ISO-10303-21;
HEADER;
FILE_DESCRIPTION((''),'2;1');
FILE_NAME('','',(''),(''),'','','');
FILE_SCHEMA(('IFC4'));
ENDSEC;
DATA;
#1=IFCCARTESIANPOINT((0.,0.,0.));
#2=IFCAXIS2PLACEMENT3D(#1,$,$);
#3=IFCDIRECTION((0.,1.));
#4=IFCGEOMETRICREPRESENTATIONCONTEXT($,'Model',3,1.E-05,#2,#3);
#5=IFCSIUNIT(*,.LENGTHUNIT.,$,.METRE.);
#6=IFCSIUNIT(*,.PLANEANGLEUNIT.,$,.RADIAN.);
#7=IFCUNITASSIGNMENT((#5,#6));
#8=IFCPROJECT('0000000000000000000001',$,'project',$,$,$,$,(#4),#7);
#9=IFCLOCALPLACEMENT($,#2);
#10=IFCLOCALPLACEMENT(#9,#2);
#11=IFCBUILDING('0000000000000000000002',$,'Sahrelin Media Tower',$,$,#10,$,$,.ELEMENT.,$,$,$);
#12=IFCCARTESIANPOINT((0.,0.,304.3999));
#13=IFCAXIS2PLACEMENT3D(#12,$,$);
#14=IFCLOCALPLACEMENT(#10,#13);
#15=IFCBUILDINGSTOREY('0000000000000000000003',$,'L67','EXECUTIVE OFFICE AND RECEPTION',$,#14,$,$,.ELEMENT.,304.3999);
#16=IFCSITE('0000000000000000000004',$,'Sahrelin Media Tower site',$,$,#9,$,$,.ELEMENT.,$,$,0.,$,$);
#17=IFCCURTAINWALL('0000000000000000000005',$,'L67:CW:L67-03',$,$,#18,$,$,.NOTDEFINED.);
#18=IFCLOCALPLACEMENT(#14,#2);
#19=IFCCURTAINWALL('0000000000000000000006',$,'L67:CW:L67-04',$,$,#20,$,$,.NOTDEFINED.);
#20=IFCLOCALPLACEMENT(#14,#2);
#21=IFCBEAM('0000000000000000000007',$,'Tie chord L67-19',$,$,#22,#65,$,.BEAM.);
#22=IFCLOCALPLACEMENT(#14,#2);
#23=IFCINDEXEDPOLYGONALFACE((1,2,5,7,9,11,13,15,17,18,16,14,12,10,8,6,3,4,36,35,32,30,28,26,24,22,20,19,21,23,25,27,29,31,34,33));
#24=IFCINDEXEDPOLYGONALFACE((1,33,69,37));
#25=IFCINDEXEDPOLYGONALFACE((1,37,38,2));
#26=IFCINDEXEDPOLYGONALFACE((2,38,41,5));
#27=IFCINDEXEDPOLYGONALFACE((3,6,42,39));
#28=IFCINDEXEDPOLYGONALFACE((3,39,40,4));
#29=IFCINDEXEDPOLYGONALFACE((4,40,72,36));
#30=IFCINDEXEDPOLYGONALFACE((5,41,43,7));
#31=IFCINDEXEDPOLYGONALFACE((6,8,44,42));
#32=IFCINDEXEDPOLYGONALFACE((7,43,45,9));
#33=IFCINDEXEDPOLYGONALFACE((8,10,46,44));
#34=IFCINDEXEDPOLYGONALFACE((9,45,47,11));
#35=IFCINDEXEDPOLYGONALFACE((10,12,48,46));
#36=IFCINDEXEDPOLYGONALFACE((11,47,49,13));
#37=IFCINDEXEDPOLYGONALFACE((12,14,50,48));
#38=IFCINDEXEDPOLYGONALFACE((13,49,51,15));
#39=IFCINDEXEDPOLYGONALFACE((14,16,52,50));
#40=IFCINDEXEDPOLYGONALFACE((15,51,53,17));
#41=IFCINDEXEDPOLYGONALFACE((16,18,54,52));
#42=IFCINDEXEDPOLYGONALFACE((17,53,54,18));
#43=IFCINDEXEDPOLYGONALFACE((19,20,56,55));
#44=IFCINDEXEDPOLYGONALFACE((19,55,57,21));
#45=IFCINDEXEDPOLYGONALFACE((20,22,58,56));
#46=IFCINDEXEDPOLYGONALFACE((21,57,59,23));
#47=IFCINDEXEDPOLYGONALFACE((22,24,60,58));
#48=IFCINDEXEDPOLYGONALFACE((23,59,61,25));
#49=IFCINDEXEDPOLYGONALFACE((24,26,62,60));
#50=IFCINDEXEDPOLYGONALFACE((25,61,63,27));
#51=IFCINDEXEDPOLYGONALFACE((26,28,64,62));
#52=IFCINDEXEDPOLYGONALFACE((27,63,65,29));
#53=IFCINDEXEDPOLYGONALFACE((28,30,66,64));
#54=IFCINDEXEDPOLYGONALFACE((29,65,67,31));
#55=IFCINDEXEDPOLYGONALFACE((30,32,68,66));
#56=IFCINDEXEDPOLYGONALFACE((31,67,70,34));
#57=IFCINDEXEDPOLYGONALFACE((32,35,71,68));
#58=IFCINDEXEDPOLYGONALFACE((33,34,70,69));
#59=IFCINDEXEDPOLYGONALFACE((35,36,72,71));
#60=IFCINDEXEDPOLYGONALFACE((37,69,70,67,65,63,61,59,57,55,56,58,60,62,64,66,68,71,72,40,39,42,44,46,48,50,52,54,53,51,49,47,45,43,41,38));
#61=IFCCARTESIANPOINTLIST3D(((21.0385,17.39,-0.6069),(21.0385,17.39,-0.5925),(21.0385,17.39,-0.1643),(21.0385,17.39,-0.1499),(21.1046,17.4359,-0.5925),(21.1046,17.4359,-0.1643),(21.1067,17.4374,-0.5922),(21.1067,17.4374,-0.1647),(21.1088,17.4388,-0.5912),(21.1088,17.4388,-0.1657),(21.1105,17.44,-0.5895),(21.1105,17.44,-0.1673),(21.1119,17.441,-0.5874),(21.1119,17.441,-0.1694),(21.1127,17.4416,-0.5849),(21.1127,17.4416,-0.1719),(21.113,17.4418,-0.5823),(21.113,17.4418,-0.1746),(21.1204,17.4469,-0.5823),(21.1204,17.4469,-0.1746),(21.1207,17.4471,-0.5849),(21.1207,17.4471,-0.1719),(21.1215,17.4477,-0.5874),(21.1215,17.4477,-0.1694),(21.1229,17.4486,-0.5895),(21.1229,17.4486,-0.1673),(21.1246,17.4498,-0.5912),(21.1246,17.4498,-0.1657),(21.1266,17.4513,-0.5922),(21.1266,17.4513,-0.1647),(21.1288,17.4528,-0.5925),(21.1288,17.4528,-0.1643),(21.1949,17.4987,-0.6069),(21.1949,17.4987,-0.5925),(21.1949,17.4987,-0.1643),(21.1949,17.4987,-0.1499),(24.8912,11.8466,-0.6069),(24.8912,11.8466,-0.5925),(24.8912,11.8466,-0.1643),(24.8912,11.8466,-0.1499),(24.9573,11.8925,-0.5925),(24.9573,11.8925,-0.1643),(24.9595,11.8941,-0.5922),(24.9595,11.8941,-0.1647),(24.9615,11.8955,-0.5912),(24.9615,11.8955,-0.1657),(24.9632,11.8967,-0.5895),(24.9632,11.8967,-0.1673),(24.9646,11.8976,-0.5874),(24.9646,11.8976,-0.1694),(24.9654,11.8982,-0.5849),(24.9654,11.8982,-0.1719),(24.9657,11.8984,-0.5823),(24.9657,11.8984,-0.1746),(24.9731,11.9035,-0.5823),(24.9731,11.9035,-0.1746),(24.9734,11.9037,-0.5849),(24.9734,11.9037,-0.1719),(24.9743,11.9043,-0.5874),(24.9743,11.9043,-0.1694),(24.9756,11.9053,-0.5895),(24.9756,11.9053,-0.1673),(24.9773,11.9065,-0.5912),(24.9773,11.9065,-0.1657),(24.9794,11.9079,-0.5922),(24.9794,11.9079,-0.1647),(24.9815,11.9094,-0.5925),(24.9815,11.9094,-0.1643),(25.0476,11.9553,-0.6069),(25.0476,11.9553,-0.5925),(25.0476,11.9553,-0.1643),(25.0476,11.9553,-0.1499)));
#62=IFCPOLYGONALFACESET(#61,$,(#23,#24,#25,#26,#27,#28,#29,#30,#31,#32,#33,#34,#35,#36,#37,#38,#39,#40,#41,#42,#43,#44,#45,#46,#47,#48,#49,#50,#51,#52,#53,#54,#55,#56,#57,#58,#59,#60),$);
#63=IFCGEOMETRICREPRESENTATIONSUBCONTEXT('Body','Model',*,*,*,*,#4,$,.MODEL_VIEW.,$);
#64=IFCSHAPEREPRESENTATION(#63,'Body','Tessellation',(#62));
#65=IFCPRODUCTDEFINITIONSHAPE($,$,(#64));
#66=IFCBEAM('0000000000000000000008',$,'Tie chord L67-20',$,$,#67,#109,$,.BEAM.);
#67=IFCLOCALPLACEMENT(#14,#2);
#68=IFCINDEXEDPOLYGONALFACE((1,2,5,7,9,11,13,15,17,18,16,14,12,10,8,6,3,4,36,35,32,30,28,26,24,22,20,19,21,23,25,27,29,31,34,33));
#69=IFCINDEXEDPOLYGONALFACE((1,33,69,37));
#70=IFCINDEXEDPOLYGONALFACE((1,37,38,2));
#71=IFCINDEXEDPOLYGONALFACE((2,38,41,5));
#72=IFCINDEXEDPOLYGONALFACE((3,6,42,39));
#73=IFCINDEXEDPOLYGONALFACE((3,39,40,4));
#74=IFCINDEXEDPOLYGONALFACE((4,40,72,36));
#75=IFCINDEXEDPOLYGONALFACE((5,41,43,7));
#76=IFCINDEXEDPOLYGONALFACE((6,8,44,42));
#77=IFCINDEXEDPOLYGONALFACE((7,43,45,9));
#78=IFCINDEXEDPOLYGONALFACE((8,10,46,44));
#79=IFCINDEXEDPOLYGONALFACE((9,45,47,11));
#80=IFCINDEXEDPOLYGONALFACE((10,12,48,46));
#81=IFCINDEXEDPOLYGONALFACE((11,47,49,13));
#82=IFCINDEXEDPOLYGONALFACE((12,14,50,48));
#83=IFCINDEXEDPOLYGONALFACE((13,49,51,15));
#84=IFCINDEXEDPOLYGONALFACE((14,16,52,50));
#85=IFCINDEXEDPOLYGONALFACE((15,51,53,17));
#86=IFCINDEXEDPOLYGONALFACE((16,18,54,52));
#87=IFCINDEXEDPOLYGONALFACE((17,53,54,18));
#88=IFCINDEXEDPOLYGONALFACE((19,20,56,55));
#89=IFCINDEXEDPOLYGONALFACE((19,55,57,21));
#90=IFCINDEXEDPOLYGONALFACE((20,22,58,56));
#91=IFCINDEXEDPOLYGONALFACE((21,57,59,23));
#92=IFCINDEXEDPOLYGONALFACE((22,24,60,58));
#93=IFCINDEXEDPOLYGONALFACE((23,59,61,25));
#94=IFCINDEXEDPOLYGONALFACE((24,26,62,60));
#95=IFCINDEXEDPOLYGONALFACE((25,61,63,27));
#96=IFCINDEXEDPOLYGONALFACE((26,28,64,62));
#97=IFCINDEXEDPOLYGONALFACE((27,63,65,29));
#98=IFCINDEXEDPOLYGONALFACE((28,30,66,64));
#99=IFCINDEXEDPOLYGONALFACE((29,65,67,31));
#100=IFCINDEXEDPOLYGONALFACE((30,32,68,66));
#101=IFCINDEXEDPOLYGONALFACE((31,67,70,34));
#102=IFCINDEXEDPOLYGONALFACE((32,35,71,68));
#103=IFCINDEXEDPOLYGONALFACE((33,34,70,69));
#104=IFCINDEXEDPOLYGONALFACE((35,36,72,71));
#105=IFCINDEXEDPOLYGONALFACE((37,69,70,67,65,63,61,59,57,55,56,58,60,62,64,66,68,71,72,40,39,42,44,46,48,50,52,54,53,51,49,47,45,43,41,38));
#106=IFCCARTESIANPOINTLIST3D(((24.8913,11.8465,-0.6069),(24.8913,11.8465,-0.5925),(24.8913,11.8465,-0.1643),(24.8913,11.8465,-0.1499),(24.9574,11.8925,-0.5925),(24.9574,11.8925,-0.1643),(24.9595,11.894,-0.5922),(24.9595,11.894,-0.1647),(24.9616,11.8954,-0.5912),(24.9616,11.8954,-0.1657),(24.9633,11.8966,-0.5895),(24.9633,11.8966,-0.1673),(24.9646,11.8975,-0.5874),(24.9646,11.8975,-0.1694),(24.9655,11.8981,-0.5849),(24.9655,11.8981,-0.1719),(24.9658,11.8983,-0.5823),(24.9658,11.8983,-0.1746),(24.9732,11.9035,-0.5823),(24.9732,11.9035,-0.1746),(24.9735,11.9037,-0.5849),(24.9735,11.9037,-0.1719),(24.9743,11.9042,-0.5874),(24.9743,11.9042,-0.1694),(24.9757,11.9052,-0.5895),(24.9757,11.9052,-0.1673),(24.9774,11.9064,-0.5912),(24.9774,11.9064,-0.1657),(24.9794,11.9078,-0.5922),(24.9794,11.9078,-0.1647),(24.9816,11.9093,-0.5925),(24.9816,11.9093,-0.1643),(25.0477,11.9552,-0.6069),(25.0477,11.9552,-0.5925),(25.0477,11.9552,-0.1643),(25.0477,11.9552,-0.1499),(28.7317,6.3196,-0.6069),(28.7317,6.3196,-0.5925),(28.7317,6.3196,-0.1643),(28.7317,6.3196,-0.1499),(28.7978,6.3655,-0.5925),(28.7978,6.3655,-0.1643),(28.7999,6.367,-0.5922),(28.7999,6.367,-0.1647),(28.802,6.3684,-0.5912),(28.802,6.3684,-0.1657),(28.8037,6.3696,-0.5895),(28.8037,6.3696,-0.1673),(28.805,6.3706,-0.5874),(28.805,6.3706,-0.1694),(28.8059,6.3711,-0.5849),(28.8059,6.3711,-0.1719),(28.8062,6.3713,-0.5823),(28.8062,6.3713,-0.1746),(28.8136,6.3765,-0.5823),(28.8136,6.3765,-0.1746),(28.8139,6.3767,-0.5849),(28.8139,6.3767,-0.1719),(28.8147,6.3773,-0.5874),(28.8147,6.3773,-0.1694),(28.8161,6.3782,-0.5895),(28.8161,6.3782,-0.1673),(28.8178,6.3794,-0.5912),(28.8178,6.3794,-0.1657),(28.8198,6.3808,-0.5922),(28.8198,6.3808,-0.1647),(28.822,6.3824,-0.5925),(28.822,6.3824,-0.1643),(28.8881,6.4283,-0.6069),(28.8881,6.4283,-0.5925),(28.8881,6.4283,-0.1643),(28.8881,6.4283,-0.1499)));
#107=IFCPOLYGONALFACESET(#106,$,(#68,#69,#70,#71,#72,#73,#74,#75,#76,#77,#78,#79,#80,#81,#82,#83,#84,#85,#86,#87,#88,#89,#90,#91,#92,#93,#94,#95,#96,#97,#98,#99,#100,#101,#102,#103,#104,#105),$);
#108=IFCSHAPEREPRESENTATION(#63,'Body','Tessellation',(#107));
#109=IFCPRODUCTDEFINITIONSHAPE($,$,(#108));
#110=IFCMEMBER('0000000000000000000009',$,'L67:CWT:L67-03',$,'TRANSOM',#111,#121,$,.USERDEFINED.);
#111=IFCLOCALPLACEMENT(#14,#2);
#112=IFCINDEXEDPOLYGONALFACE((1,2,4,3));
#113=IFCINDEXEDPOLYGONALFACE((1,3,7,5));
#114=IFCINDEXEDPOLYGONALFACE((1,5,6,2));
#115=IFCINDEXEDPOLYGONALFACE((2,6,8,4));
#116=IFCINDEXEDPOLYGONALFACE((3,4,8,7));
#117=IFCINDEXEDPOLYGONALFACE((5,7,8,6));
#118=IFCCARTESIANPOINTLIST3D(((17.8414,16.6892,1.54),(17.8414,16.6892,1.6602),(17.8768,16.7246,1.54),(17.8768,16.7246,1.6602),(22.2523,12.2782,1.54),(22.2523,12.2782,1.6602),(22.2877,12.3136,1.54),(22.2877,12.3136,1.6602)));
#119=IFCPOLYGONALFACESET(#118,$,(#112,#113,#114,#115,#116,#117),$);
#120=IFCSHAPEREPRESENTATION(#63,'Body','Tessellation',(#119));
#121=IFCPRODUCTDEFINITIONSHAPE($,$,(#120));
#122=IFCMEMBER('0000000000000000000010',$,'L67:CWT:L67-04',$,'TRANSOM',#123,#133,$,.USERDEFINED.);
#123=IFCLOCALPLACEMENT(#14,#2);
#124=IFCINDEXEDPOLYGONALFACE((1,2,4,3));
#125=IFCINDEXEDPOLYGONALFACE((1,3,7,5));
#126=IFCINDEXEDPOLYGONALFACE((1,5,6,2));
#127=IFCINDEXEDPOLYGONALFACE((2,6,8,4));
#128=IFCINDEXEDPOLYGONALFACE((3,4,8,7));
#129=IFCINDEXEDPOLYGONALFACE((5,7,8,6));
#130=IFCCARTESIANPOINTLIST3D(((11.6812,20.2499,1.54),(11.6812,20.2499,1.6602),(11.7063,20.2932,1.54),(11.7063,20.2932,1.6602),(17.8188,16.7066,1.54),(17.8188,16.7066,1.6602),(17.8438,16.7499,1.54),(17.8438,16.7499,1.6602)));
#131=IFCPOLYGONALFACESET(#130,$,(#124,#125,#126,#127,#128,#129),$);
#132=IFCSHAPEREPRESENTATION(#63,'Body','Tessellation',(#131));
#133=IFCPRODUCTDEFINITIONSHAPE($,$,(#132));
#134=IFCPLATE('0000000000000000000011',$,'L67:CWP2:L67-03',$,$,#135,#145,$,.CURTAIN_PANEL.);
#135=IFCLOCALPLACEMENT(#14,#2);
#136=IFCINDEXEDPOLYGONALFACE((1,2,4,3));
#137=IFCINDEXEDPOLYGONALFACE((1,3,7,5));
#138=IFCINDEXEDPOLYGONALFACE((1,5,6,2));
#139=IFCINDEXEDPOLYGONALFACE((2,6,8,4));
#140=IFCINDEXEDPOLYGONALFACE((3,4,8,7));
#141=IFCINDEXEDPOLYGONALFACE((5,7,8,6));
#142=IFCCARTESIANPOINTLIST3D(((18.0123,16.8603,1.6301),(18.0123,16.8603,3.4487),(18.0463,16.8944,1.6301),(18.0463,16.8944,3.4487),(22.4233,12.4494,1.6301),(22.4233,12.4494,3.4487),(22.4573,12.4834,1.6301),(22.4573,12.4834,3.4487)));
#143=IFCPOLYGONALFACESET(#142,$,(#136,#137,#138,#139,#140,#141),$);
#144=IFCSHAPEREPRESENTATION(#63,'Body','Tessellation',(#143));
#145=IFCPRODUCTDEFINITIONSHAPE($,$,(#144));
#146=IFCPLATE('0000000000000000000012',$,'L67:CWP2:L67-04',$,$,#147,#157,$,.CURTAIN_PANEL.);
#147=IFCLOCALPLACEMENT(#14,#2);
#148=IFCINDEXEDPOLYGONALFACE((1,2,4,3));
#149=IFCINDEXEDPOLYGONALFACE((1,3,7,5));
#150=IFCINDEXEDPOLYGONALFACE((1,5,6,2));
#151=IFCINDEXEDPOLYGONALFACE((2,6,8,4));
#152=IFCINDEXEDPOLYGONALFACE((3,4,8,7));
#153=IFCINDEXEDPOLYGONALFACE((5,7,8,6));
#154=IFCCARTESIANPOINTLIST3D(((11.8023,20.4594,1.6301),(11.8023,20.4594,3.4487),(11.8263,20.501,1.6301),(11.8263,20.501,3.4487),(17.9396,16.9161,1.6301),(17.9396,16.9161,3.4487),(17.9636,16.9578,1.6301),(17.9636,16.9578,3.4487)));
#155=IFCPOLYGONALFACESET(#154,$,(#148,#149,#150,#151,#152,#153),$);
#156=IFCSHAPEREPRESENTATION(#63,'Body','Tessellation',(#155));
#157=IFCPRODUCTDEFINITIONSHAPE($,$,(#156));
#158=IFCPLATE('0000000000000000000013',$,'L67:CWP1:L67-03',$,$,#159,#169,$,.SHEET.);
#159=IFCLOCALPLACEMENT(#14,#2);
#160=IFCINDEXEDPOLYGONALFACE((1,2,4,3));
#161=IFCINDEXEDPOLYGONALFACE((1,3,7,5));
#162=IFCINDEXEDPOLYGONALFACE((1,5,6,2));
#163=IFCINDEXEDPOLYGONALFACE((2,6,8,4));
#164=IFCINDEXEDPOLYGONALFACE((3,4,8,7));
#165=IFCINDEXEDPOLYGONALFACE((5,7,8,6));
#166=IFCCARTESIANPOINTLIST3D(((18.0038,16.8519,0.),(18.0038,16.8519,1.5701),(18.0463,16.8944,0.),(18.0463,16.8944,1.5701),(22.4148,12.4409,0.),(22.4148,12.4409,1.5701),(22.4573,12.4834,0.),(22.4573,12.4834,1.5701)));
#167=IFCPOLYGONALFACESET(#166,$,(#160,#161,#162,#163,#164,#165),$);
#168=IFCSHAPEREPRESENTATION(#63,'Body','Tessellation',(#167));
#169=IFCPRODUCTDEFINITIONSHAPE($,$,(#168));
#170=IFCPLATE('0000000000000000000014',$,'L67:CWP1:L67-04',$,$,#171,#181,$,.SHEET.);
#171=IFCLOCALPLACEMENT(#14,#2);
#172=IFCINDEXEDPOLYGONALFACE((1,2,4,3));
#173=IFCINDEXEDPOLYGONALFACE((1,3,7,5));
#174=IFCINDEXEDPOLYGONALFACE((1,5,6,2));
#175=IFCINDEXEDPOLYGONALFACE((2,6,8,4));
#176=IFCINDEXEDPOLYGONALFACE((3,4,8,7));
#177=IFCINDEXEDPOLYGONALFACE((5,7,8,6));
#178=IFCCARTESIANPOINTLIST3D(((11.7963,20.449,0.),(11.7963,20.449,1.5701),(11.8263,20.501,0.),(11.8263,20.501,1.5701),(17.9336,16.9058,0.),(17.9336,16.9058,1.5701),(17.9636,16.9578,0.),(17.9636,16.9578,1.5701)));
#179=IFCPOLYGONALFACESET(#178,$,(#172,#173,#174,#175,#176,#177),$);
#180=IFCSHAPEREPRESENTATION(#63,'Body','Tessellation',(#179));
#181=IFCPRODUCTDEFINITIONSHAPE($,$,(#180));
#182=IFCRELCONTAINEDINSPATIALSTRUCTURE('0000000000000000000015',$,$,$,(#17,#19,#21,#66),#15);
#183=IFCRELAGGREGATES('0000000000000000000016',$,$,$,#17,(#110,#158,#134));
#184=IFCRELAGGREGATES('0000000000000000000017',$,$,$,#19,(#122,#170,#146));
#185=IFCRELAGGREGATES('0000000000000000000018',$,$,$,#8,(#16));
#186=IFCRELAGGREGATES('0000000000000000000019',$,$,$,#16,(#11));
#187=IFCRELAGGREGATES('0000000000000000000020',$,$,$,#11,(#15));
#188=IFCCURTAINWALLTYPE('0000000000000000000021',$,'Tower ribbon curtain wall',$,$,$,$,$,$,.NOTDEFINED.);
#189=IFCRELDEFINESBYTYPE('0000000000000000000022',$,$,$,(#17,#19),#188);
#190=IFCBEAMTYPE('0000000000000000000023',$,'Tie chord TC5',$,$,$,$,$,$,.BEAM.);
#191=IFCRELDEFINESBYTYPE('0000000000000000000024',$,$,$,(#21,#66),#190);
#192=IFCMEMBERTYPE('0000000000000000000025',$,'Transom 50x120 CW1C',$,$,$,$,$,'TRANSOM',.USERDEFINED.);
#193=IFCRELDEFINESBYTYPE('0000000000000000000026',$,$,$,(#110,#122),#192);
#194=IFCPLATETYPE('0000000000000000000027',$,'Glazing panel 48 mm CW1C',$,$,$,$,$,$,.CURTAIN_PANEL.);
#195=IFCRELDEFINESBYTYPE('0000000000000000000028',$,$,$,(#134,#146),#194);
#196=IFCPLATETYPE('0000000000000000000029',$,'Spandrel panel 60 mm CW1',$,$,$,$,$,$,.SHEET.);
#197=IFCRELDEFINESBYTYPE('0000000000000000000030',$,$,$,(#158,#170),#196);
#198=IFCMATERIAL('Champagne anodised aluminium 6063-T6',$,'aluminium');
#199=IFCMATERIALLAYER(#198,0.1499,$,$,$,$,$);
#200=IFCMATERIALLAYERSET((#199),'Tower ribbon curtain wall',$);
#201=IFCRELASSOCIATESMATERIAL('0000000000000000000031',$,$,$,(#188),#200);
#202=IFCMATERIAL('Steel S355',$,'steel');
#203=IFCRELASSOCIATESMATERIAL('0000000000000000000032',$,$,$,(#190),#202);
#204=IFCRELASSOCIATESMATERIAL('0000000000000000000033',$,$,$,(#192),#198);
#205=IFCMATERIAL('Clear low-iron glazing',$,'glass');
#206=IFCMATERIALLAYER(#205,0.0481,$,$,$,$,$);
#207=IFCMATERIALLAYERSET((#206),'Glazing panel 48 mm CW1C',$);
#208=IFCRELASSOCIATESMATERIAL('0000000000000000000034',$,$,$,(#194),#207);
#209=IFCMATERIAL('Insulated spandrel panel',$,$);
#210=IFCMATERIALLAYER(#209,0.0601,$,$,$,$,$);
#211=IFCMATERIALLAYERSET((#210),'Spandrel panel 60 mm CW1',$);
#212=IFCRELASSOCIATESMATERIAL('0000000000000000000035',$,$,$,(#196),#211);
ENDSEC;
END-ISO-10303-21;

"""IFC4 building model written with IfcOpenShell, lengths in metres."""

from ifc_helpers import new_model, si_unit, direction, frame, origin, origin_2d, place, context, subcontext, project, spatial, polyline, rectangle, i_section, outline, extrude, material, layer, layer_set, material_profile, profile_set, type_object, element, aggregate, save


model = new_model("IFC4")

# Units and contexts
model_context = context("Model", 3, precision=1e-05, world=origin(), true_north=direction((0.0, 1.0)))
body_context = subcontext(model_context, "Body", "Model", "MODEL_VIEW")
ifc_project = project(units=[si_unit("LENGTHUNIT", "METRE"), si_unit("PLANEANGLEUNIT", "RADIAN")], contexts=[model_context])

# Site, building, storey
site_placement = place(None, origin())
site = spatial("IfcSite", under=ifc_project, at=site_placement, Name="Sahrelin Media Tower site", CompositionType="ELEMENT", RefElevation=0.0)
building_placement = place(site_placement, origin())
building = spatial("IfcBuilding", under=site, at=building_placement, Name="Sahrelin Media Tower", CompositionType="ELEMENT")
storey_placement = place(building_placement, frame((0.0, 0.0, 304.3999)))
storey = spatial("IfcBuildingStorey", under=building, at=storey_placement, Name="L67", Description="EXECUTIVE OFFICE AND RECEPTION", CompositionType="ELEMENT", Elevation=304.3999)

# Shared definitions
ifc_material_1 = material(Name="Steel S355", Category="steel")

# Curtain walls
ifc_material_2 = material(Name="Champagne anodised aluminium 6063-T6", Category="aluminium")
ifc_layer_1 = layer(ifc_material_2, 0.1499)
ifc_layer_set_1 = layer_set([ifc_layer_1], Name="Tower ribbon curtain wall")
curtain_wall_type = type_object("IfcCurtainWallType", Name="Tower ribbon curtain wall", PredefinedType="NOTDEFINED", material=ifc_layer_set_1)
curtain_wall_1_placement = place(storey_placement, frame((20.2378, 14.6746, 0.0), z_axis=(0.0, 0.0, 1.0), x_axis=(1.0, 0.0, 0.0)))
curtain_wall_1 = element("IfcCurtainWall", 1, at=curtain_wall_1_placement, inside=storey, type_object=curtain_wall_type, Name="L67:CW:L67-03", PredefinedType="NOTDEFINED")
curtain_wall_2_placement = place(storey_placement, frame((14.885, 18.7122, 0.0), z_axis=(0.0, 0.0, 1.0), x_axis=(1.0, 0.0, 0.0)))
curtain_wall_2 = element("IfcCurtainWall", 2, at=curtain_wall_2_placement, inside=storey, type_object=curtain_wall_type, Name="L67:CW:L67-04", PredefinedType="NOTDEFINED")

# Beams
ifc_material_profile_1 = material_profile(ifc_material_1, i_section(OverallWidth=0.1904, OverallDepth=0.457, WebThickness=0.009, FlangeThickness=0.0144, FilletRadius=0.0103, at=origin_2d()), Name="UB 457x191x74")
ifc_profile_set_1 = profile_set([ifc_material_profile_1], Name="Steel S355")
beam_type_1 = type_object("IfcBeamType", Name="Tie chord TC5", PredefinedType="BEAM", material=ifc_profile_set_1)
beam_1_placement = place(storey_placement, frame((21.1167, 17.4443, -0.3784), z_axis=(0.570712, -0.821151, 0.0), x_axis=(0.821151, 0.570712, 0.0)))
element("IfcBeam", 3, at=beam_1_placement, inside=storey, type_object=beam_type_1, Name="Tie chord L67-19", PredefinedType="BEAM", context=body_context, shape_type="SweptSolid", body=[
    extrude(i_section(OverallWidth=0.1904, OverallDepth=0.457, WebThickness=0.009, FlangeThickness=0.0144, FilletRadius=0.0103, at=origin_2d()), origin(), (0.0, 0.0, 1.0), 6.7507),
])
beam_2_placement = place(storey_placement, frame((24.9695, 11.9009, -0.3784), z_axis=(0.57062, -0.821214, 0.0), x_axis=(0.821214, 0.57062, 0.0)))
element("IfcBeam", 4, at=beam_2_placement, inside=storey, type_object=beam_type_1, Name="Tie chord L67-20", PredefinedType="BEAM", context=body_context, shape_type="SweptSolid", body=[
    extrude(i_section(OverallWidth=0.1904, OverallDepth=0.457, WebThickness=0.009, FlangeThickness=0.0144, FilletRadius=0.0103, at=origin_2d()), origin(), (0.0, 0.0, 1.0), 6.7302),
])

# Members
ifc_material_profile_2 = material_profile(ifc_material_2, rectangle(XDim=0.05, YDim=0.1201, at=origin_2d()), Name="Transom 50x120")
ifc_profile_set_2 = profile_set([ifc_material_profile_2], Name="Champagne anodised aluminium 6063-T6")
member_type_1 = type_object("IfcMemberType", Name="Transom 50x120 CW1C", ElementType="TRANSOM", PredefinedType="USERDEFINED", material=ifc_profile_set_2)
member_1_placement = place(storey_placement, frame((22.27, 12.2959, 1.6001), z_axis=(-0.707107, 0.707107, 0.0), x_axis=(-0.707107, -0.707107, 0.0)))
member_1 = element("IfcMember", 5, at=member_1_placement, type_object=member_type_1, Name="L67:CWT:L67-03", ObjectType="TRANSOM", PredefinedType="USERDEFINED", context=body_context, shape_type="SweptSolid", body=[
    extrude(rectangle(XDim=0.05, YDim=0.1201, at=origin_2d()), origin(), (0.0, 0.0, 1.0), 6.238),
])
member_2_placement = place(storey_placement, frame((17.8313, 16.7283, 1.6001), z_axis=(-0.86604, 0.499974, 0.0), x_axis=(-0.499974, -0.86604, 0.0)))
member_2 = element("IfcMember", 6, at=member_2_placement, type_object=member_type_1, Name="L67:CWT:L67-04", ObjectType="TRANSOM", PredefinedType="USERDEFINED", context=body_context, shape_type="SweptSolid", body=[
    extrude(rectangle(XDim=0.05, YDim=0.1201, at=origin_2d()), origin(), (0.0, 0.0, 1.0), 7.0869),
])

# Plates
ifc_material_3 = material(Name="Clear low-iron glazing", Category="glass")
ifc_layer_2 = layer(ifc_material_3, 0.0481)
ifc_layer_set_2 = layer_set([ifc_layer_2], Name="Glazing panel 48 mm CW1C")
plate_type_1 = type_object("IfcPlateType", Name="Glazing panel 48 mm CW1C", PredefinedType="CURTAIN_PANEL", material=ifc_layer_set_2)
plate_1_placement = place(storey_placement, frame((22.4573, 12.4834, 1.6301), z_axis=(0.707107, 0.707107, 0.0), x_axis=(-0.707107, 0.707107, 0.0)))
plate_1 = element("IfcPlate", 7, at=plate_1_placement, type_object=plate_type_1, Name="L67:CWP2:L67-03", PredefinedType="CURTAIN_PANEL", context=body_context, shape_type="SweptSolid", body=[
    extrude(outline(polyline([(0.0, 0.0), (6.238, 0.0), (6.238, 1.8186), (0.0, 1.8186), (0.0, 0.0)])), origin(), (0.0, 0.0, -1.0), 0.0481),
])
plate_2_placement = place(storey_placement, frame((17.9636, 16.9578, 1.6301), z_axis=(0.499989, 0.866032, 0.0), x_axis=(-0.866032, 0.499989, 0.0)))
plate_2 = element("IfcPlate", 8, at=plate_2_placement, type_object=plate_type_1, Name="L67:CWP2:L67-04", PredefinedType="CURTAIN_PANEL", context=body_context, shape_type="SweptSolid", body=[
    extrude(outline(polyline([(0.0, 0.0), (7.0867, 0.0), (7.0867, 1.8186), (0.0, 1.8186), (0.0, 0.0)])), origin(), (0.0, 0.0, -1.0), 0.0481),
])
ifc_material_4 = material(Name="Insulated spandrel panel")
ifc_layer_3 = layer(ifc_material_4, 0.0601)
ifc_layer_set_3 = layer_set([ifc_layer_3], Name="Spandrel panel 60 mm CW1")
plate_type_2 = type_object("IfcPlateType", Name="Spandrel panel 60 mm CW1", PredefinedType="SHEET", material=ifc_layer_set_3)
plate_3_placement = place(storey_placement, frame((22.4573, 12.4834, 0.0), z_axis=(0.707107, 0.707107, 0.0), x_axis=(-0.707107, 0.707107, 0.0)))
plate_3 = element("IfcPlate", 9, at=plate_3_placement, type_object=plate_type_2, Name="L67:CWP1:L67-03", PredefinedType="SHEET", context=body_context, shape_type="SweptSolid", body=[
    extrude(outline(polyline([(0.0, 0.0), (6.238, 0.0), (6.238, 1.5701), (0.0, 1.5701), (0.0, 0.0)])), origin(), (0.0, 0.0, -1.0), 0.0601),
])
aggregate(curtain_wall_1, [member_1, plate_3, plate_1])
plate_4_placement = place(storey_placement, frame((17.9636, 16.9578, 0.0), z_axis=(0.499989, 0.866032, 0.0), x_axis=(-0.866032, 0.499989, 0.0)))
plate_4 = element("IfcPlate", 10, at=plate_4_placement, type_object=plate_type_2, Name="L67:CWP1:L67-04", PredefinedType="SHEET", context=body_context, shape_type="SweptSolid", body=[
    extrude(outline(polyline([(0.0, 0.0), (7.0867, 0.0), (7.0867, 1.5701), (0.0, 1.5701), (0.0, 0.0)])), origin(), (0.0, 0.0, -1.0), 0.0601),
])
aggregate(curtain_wall_2, [member_2, plate_4, plate_2])

save(model, "model.ifc")
